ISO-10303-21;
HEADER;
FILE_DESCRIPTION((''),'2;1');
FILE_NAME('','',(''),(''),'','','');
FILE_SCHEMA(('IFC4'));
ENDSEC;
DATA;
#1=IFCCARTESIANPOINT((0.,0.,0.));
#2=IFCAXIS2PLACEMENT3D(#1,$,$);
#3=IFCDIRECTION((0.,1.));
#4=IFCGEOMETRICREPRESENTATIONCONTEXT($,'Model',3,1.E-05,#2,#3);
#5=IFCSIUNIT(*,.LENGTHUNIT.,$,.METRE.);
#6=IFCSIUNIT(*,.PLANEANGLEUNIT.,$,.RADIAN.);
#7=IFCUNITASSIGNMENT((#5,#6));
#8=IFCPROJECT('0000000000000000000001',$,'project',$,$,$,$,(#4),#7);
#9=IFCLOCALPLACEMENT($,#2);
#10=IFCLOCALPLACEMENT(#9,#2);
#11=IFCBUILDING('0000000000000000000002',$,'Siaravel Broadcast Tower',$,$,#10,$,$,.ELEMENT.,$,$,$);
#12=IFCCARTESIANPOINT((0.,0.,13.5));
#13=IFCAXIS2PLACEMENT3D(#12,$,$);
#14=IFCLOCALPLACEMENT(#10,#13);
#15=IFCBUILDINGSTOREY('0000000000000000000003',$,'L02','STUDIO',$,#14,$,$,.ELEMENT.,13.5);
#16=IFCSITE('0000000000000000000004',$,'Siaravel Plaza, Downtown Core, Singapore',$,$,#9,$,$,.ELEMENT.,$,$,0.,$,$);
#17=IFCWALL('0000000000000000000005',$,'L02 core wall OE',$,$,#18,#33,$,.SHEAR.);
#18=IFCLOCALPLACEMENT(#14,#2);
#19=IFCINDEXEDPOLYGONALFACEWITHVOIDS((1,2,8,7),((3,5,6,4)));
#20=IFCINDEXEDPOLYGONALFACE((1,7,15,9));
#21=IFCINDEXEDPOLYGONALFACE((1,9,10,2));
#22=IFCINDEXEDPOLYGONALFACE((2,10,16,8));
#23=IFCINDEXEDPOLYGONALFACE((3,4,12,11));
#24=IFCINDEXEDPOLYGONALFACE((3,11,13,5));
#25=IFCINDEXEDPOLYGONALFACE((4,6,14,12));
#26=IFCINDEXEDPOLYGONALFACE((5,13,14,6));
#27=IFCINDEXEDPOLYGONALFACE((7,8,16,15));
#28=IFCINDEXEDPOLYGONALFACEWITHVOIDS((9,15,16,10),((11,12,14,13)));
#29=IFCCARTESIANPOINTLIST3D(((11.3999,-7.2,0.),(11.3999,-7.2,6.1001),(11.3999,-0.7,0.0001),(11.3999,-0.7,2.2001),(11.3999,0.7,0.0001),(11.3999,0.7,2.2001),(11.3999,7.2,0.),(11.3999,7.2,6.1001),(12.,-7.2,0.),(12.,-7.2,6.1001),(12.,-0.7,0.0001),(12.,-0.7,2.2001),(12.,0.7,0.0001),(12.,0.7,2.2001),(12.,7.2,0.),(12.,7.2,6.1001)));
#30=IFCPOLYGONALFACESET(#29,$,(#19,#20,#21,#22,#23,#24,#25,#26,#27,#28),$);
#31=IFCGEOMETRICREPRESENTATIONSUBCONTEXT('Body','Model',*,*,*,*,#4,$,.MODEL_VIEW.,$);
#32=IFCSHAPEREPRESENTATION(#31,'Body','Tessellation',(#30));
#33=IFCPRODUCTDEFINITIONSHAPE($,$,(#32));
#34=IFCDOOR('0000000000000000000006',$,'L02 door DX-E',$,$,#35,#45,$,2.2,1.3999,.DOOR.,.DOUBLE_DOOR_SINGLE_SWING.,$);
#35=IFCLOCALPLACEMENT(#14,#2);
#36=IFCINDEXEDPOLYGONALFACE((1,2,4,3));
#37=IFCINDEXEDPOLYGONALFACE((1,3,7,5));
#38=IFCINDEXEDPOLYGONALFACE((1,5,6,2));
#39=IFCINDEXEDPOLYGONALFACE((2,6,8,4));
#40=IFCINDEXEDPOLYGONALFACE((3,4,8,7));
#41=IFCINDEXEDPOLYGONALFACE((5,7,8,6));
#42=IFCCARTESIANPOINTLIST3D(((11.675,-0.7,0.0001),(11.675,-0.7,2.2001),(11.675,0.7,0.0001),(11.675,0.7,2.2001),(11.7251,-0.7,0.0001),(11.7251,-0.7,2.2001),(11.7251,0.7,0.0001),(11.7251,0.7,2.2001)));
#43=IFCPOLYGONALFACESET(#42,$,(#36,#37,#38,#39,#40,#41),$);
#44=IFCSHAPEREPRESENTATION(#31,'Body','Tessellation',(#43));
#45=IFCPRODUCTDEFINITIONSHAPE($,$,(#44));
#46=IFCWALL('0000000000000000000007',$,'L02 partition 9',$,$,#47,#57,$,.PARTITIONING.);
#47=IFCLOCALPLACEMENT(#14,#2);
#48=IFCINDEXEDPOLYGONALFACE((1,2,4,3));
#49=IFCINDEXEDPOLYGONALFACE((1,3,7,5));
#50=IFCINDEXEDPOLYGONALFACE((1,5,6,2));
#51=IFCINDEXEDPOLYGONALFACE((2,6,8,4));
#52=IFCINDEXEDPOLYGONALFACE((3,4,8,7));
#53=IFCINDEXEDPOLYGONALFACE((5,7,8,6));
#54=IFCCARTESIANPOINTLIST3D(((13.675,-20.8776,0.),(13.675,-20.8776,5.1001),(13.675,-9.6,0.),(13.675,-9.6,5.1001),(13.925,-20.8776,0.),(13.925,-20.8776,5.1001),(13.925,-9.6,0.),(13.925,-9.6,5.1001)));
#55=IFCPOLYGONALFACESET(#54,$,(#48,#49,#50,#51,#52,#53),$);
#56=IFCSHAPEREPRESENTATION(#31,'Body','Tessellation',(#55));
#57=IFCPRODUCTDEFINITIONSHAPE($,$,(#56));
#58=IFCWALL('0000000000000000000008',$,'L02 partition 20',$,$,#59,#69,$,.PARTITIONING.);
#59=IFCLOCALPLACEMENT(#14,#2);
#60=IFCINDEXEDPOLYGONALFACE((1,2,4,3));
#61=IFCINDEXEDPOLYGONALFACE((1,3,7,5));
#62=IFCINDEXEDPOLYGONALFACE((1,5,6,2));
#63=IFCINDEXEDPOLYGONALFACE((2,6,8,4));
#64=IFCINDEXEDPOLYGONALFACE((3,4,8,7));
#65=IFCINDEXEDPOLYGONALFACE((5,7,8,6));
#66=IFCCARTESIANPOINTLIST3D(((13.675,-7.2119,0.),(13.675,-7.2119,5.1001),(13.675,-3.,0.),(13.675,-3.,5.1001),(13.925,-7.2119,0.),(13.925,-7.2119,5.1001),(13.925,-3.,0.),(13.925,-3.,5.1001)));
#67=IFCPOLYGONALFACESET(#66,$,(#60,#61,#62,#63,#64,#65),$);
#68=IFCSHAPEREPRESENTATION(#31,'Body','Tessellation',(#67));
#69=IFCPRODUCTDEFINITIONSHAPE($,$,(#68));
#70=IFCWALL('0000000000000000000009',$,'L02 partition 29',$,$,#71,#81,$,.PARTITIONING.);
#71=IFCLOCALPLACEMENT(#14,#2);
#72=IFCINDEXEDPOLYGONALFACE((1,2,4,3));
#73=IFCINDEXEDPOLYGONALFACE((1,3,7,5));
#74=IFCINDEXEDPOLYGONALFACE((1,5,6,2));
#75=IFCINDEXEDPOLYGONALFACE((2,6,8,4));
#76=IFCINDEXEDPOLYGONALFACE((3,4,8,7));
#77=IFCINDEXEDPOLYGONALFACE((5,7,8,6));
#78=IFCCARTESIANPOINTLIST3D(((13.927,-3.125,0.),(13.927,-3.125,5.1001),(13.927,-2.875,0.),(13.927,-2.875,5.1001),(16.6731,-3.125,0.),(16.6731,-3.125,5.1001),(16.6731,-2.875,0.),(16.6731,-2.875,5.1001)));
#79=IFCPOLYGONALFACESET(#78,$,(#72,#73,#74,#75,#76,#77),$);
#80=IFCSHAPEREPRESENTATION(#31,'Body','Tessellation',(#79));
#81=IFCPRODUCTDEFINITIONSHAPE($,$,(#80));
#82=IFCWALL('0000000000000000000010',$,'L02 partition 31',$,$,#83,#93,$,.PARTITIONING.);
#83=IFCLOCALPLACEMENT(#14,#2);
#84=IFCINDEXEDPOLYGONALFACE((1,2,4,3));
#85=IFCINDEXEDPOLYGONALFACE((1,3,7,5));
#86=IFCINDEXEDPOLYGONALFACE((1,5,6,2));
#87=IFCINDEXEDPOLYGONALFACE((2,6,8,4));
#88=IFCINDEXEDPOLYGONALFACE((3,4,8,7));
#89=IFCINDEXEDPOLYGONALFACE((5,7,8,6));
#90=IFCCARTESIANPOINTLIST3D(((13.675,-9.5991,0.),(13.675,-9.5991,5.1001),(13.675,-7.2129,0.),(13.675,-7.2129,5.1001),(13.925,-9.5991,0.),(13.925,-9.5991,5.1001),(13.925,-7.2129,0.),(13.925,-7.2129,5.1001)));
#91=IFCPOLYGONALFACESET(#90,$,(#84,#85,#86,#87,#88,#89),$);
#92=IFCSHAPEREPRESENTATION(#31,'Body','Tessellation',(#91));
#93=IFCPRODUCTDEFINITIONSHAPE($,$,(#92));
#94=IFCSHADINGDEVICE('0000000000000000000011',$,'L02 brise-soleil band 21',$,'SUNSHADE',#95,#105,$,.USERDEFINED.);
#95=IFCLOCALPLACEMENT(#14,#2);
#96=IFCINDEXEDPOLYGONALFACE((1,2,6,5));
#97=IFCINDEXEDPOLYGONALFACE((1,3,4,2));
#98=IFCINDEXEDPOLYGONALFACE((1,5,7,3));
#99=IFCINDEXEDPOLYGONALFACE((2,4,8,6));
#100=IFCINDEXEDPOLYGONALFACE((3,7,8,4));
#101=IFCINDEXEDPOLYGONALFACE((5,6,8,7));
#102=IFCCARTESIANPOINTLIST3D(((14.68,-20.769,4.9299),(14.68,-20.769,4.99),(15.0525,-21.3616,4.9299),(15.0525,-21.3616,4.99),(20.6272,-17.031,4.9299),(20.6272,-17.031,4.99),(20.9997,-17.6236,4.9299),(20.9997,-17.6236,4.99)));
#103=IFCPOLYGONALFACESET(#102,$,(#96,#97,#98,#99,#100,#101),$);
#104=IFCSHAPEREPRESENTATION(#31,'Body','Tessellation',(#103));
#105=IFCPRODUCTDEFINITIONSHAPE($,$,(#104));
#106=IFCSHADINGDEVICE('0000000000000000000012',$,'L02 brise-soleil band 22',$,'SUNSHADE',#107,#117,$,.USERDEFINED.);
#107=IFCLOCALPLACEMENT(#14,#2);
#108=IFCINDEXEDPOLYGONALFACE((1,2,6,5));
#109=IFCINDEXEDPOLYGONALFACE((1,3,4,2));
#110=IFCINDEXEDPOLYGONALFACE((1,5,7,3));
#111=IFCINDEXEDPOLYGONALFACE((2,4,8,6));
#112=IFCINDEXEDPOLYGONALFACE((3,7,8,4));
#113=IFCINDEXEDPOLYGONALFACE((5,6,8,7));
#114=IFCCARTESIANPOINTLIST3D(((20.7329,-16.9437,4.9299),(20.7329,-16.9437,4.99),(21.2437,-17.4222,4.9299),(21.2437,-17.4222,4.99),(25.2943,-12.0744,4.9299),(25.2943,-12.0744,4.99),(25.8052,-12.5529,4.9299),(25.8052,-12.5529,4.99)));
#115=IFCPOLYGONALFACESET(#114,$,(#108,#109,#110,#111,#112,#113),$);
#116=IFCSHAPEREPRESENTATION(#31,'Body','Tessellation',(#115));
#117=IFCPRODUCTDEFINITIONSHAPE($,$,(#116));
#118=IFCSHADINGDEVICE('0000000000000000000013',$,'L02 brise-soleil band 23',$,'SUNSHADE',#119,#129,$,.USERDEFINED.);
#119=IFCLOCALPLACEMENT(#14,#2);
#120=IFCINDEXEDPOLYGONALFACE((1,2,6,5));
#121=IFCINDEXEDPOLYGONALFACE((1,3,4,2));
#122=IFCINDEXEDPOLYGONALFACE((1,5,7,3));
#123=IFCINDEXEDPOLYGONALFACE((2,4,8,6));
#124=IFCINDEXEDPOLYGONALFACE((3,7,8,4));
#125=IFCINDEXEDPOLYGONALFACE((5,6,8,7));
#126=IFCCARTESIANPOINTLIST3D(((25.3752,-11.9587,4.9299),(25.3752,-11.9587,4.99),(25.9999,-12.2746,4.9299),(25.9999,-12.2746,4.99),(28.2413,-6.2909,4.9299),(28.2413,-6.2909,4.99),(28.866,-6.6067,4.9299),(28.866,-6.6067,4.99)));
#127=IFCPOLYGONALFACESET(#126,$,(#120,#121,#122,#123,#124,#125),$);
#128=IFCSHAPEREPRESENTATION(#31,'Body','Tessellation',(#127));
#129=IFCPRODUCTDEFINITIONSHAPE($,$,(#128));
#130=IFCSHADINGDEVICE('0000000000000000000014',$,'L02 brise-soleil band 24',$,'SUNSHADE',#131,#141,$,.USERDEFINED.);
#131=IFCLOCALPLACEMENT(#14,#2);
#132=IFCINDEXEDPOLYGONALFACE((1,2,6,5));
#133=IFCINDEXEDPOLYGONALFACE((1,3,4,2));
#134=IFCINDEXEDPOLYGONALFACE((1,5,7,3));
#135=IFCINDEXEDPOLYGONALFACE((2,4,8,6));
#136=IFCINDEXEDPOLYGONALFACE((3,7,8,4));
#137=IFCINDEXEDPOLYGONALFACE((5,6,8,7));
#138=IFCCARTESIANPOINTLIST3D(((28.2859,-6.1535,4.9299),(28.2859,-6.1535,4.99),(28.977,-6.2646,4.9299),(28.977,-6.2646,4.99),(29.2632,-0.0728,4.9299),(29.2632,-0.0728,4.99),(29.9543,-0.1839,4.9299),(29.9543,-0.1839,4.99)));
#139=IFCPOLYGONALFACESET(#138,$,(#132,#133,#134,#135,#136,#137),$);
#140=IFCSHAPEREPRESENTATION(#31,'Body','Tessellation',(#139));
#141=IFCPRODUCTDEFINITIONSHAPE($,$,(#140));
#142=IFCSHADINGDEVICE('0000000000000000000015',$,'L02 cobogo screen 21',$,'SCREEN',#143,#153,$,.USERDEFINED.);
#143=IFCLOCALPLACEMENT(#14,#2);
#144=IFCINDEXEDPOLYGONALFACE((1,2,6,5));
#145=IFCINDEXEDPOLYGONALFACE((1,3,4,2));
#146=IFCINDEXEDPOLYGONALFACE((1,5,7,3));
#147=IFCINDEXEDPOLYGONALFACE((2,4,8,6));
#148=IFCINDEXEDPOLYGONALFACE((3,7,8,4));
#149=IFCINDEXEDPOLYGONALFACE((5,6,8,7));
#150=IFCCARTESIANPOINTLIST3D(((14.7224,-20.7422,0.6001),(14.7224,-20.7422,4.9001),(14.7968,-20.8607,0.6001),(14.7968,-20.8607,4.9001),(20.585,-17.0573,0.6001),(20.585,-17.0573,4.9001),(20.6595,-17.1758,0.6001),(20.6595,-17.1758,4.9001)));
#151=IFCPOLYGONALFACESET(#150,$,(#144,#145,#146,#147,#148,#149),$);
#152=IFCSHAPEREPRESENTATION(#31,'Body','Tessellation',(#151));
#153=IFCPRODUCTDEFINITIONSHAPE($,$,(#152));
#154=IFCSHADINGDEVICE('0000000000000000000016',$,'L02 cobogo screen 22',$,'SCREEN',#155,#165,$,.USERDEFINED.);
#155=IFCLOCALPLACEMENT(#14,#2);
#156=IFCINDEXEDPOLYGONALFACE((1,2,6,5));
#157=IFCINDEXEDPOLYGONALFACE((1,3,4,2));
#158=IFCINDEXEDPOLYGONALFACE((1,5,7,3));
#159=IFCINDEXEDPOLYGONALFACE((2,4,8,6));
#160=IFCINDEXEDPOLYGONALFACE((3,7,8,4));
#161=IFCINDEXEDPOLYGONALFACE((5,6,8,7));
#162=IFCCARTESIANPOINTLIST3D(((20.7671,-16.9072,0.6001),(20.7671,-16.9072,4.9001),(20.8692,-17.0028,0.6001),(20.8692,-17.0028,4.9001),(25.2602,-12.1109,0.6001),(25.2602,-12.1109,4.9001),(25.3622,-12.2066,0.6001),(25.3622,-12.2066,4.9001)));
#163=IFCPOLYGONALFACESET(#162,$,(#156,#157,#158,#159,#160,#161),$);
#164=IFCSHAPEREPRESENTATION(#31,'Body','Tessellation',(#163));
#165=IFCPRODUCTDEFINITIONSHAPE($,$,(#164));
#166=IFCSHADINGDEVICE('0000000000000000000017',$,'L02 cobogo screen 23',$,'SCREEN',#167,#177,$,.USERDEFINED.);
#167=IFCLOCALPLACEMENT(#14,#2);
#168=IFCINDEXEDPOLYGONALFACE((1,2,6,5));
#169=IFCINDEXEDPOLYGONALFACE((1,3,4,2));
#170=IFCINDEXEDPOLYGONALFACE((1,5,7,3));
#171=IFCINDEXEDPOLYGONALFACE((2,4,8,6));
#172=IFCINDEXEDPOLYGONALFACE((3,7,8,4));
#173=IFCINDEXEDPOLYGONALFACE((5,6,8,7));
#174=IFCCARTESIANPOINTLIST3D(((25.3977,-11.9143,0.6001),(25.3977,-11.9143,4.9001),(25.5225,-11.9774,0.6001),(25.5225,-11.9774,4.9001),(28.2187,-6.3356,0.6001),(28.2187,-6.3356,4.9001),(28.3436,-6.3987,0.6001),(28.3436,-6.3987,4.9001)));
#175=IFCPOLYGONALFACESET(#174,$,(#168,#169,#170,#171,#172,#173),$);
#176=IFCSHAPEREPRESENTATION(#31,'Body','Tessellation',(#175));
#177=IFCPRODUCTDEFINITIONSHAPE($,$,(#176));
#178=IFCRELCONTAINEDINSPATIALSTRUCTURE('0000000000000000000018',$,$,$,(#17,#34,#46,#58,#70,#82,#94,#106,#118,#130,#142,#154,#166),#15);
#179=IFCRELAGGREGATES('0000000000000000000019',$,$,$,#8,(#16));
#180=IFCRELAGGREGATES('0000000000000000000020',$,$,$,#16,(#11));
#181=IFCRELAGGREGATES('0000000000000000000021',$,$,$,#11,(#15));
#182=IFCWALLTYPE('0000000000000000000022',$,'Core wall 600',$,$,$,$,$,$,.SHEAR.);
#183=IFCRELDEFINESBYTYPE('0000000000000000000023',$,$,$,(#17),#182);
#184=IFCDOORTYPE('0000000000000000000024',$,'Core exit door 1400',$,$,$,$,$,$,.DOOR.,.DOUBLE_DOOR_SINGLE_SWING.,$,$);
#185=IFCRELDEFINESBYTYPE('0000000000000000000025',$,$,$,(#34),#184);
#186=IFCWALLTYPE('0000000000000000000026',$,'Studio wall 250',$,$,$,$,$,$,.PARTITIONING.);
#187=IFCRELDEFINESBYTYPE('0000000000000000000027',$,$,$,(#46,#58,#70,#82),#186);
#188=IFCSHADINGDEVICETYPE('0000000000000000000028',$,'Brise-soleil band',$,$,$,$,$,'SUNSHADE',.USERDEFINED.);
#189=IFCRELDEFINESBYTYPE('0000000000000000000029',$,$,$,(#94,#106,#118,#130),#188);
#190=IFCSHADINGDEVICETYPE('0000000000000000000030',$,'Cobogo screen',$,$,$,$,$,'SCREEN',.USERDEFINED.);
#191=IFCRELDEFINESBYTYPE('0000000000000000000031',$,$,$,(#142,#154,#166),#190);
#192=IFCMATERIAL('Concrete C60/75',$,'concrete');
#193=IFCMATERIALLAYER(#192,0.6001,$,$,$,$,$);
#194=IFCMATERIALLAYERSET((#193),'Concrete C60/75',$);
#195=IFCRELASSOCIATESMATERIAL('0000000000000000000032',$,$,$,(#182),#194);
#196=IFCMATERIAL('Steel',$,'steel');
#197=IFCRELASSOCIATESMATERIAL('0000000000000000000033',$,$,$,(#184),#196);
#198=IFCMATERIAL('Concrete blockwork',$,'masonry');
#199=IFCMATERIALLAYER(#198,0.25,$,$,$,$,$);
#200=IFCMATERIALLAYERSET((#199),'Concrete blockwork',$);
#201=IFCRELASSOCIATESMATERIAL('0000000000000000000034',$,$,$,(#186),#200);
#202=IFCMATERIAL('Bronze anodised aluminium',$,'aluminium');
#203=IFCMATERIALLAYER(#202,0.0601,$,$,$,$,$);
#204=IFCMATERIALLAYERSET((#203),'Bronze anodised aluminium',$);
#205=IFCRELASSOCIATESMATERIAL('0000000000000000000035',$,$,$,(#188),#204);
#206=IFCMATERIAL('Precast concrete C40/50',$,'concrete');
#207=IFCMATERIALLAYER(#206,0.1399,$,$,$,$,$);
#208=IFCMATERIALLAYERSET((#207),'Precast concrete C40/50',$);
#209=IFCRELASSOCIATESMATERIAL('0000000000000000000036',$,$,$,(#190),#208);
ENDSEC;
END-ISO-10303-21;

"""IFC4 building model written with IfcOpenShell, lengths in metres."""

from ifc_helpers import new_model, si_unit, direction, frame, frame_2d, origin, origin_2d, place, context, subcontext, project, spatial, rectangle, extrude, material, layer, layer_set, type_object, element, fill, save


model = new_model("IFC4")

# Units and contexts
model_context = context("Model", 3, precision=1e-05, world=origin(), true_north=direction((0.0, 1.0)))
body_context = subcontext(model_context, "Body", "Model", "MODEL_VIEW")
ifc_project = project(units=[si_unit("LENGTHUNIT", "METRE"), si_unit("PLANEANGLEUNIT", "RADIAN")], contexts=[model_context])

# Site, building, storey
site_placement = place(None, origin())
site = spatial("IfcSite", under=ifc_project, at=site_placement, Name="Siaravel Plaza, Downtown Core, Singapore", CompositionType="ELEMENT", RefElevation=0.0)
building_placement = place(site_placement, origin())
building = spatial("IfcBuilding", under=site, at=building_placement, Name="Siaravel Broadcast Tower", CompositionType="ELEMENT")
storey_placement = place(building_placement, frame((0.0, 0.0, 13.5)))
storey = spatial("IfcBuildingStorey", under=building, at=storey_placement, Name="L02", Description="STUDIO", CompositionType="ELEMENT", Elevation=13.5)

# Wall, opening, door
ifc_material_1 = material(Name="Concrete C60/75", Category="concrete")
ifc_layer_1 = layer(ifc_material_1, 0.6001)
ifc_layer_set_1 = layer_set([ifc_layer_1], Name="Concrete C60/75")
wall_type_1 = type_object("IfcWallType", Name="Core wall 600", PredefinedType="SHEAR", material=ifc_layer_set_1)
wall_1_placement = place(storey_placement, frame((11.7, -7.2, 0.0), z_axis=(0.0, 0.0, 1.0), x_axis=(0.0, 1.0, 0.0)))
wall_1 = element("IfcWall", 1, at=wall_1_placement, inside=storey, type_object=wall_type_1, Name="L02 core wall OE", PredefinedType="SHEAR", context=body_context, shape_type="SweptSolid", body=[
    extrude(rectangle(XDim=14.3999, YDim=0.6001, at=frame_2d((7.2, 0.0))), origin(), (0.0, 0.0, 1.0), 6.1001),
])
opening_1_placement = place(wall_1_placement, frame((6.5, 0.0, 0.0)))
opening_1 = element("IfcOpeningElement", 2, at=opening_1_placement, cuts=wall_1, PredefinedType="OPENING", context=body_context, shape_type="SweptSolid", body=[
    extrude(rectangle(XDim=1.3999, YDim=2.2, at=frame_2d((0.7, 1.1001))), frame((0.0, 0.3101, 0.0), z_axis=(0.0, -1.0, 0.0), x_axis=(1.0, 0.0, 0.0)), (0.0, 0.0, 1.0), 0.6201),
])
ifc_material_2 = material(Name="Steel", Category="steel")
door_type_1 = type_object("IfcDoorType", Name="Core exit door 1400", OperationType="DOUBLE_DOOR_SINGLE_SWING", PredefinedType="DOOR", material=ifc_material_2)
door_1_placement = place(opening_1_placement, origin())
door_1 = element("IfcDoor", 3, at=door_1_placement, inside=storey, type_object=door_type_1, Name="L02 door DX-E", OperationType="DOUBLE_DOOR_SINGLE_SWING", OverallHeight=2.2, OverallWidth=1.3999, PredefinedType="DOOR", context=body_context, shape_type="SweptSolid", body=[
    extrude(rectangle(XDim=1.3999, YDim=2.2, at=frame_2d((0.7, 1.1001))), frame((0.0, 0.0249, 0.0), z_axis=(0.0, -1.0, 0.0), x_axis=(1.0, 0.0, 0.0)), (0.0, 0.0, 1.0), 0.05),
])
fill(opening_1, door_1)

# Wall
ifc_material_3 = material(Name="Concrete blockwork", Category="masonry")
ifc_layer_2 = layer(ifc_material_3, 0.25)
ifc_layer_set_2 = layer_set([ifc_layer_2], Name="Concrete blockwork")
wall_type_2 = type_object("IfcWallType", Name="Studio wall 250", PredefinedType="PARTITIONING", material=ifc_layer_set_2)
wall_2_placement = place(storey_placement, frame((13.8, -9.6001, 0.0), z_axis=(0.0, 0.0, 1.0), x_axis=(0.0, -1.0, 0.0)))
element("IfcWall", 4, at=wall_2_placement, inside=storey, type_object=wall_type_2, Name="L02 partition 9", PredefinedType="PARTITIONING", context=body_context, shape_type="SweptSolid", body=[
    extrude(rectangle(XDim=11.2776, YDim=0.25, at=frame_2d((5.6387, 0.0))), origin(), (0.0, 0.0, 1.0), 5.1001),
])

# Walls
wall_3_placement = place(storey_placement, frame((13.8, -7.2119, 0.0), z_axis=(0.0, 0.0, 1.0), x_axis=(0.0, 1.0, 0.0)))
element("IfcWall", 5, at=wall_3_placement, inside=storey, type_object=wall_type_2, Name="L02 partition 20", PredefinedType="PARTITIONING", context=body_context, shape_type="SweptSolid", body=[
    extrude(rectangle(XDim=4.2119, YDim=0.25, at=frame_2d((2.106, 0.0))), origin(), (0.0, 0.0, 1.0), 5.1001),
])
wall_4_placement = place(storey_placement, frame((13.927, -3.0, 0.0), z_axis=(0.0, 0.0, 1.0), x_axis=(1.0, 0.0, 0.0)))
element("IfcWall", 6, at=wall_4_placement, inside=storey, type_object=wall_type_2, Name="L02 partition 29", PredefinedType="PARTITIONING", context=body_context, shape_type="SweptSolid", body=[
    extrude(rectangle(XDim=2.7461, YDim=0.25, at=frame_2d((1.373, 0.0))), origin(), (0.0, 0.0, 1.0), 5.1001),
])
wall_5_placement = place(storey_placement, frame((13.8, -9.5991, 0.0), z_axis=(0.0, 0.0, 1.0), x_axis=(0.0, 1.0, 0.0)))
element("IfcWall", 7, at=wall_5_placement, inside=storey, type_object=wall_type_2, Name="L02 partition 31", PredefinedType="PARTITIONING", context=body_context, shape_type="SweptSolid", body=[
    extrude(rectangle(XDim=2.3862, YDim=0.25, at=frame_2d((1.1931, 0.0))), origin(), (0.0, 0.0, 1.0), 5.1001),
])

# Shading devices
ifc_material_4 = material(Name="Bronze anodised aluminium", Category="aluminium")
ifc_layer_3 = layer(ifc_material_4, 0.0601)
ifc_layer_set_3 = layer_set([ifc_layer_3], Name="Bronze anodised aluminium")
shading_device_type_1 = type_object("IfcShadingDeviceType", Name="Brise-soleil band", ElementType="SUNSHADE", PredefinedType="USERDEFINED", material=ifc_layer_set_3)
shading_device_1_placement = place(storey_placement, frame((17.8398, -19.1963, 4.9299), z_axis=(0.0, 0.0, 1.0), x_axis=(0.84665, 0.532149, 0.0)))
element("IfcShadingDevice", 8, at=shading_device_1_placement, inside=storey, type_object=shading_device_type_1, Name="L02 brise-soleil band 21", ObjectType="SUNSHADE", PredefinedType="USERDEFINED", context=body_context, shape_type="SweptSolid", body=[
    extrude(rectangle(XDim=7.0244, YDim=0.7, at=origin_2d()), origin(), (0.0, 0.0, 1.0), 0.0601),
])
shading_device_2_placement = place(storey_placement, frame((23.269, -14.7483, 4.9299), z_axis=(0.0, 0.0, 1.0), x_axis=(0.683656, 0.729804, 0.0)))
element("IfcShadingDevice", 9, at=shading_device_2_placement, inside=storey, type_object=shading_device_type_1, Name="L02 brise-soleil band 22", ObjectType="SUNSHADE", PredefinedType="USERDEFINED", context=body_context, shape_type="SweptSolid", body=[
    extrude(rectangle(XDim=6.6721, YDim=0.7, at=origin_2d()), origin(), (0.0, 0.0, 1.0), 0.0601),
])
shading_device_3_placement = place(storey_placement, frame((27.1206, -9.2827, 4.9299), z_axis=(0.0, 0.0, 1.0), x_axis=(0.451262, 0.892391, 0.0)))
element("IfcShadingDevice", 10, at=shading_device_3_placement, inside=storey, type_object=shading_device_type_1, Name="L02 brise-soleil band 23", ObjectType="SUNSHADE", PredefinedType="USERDEFINED", context=body_context, shape_type="SweptSolid", body=[
    extrude(rectangle(XDim=6.3513, YDim=0.7, at=origin_2d()), origin(), (0.0, 0.0, 1.0), 0.0601),
])
shading_device_4_placement = place(storey_placement, frame((29.1201, -3.1687, 4.9299), z_axis=(0.0, 0.0, 1.0), x_axis=(0.158685, 0.987329, 0.0)))
element("IfcShadingDevice", 11, at=shading_device_4_placement, inside=storey, type_object=shading_device_type_1, Name="L02 brise-soleil band 24", ObjectType="SUNSHADE", PredefinedType="USERDEFINED", context=body_context, shape_type="SweptSolid", body=[
    extrude(rectangle(XDim=6.1587, YDim=0.7, at=origin_2d()), origin(), (0.0, 0.0, 1.0), 0.0601),
])
ifc_material_5 = material(Name="Precast concrete C40/50", Category="concrete")
ifc_layer_4 = layer(ifc_material_5, 0.1399)
ifc_layer_set_4 = layer_set([ifc_layer_4], Name="Precast concrete C40/50")
shading_device_type_2 = type_object("IfcShadingDeviceType", Name="Cobogo screen", ElementType="SCREEN", PredefinedType="USERDEFINED", material=ifc_layer_set_4)
shading_device_5_placement = place(storey_placement, frame((17.6909, -18.959, 0.6001), z_axis=(0.0, 0.0, 1.0), x_axis=(0.84665, 0.532149, 0.0)))
element("IfcShadingDevice", 12, at=shading_device_5_placement, inside=storey, type_object=shading_device_type_2, Name="L02 cobogo screen 21", ObjectType="SCREEN", PredefinedType="USERDEFINED", context=body_context, shape_type="SweptSolid", body=[
    extrude(rectangle(XDim=6.9246, YDim=0.1399, at=origin_2d()), origin(), (0.0, 0.0, 1.0), 4.3),
])
shading_device_6_placement = place(storey_placement, frame((23.0647, -14.5569, 0.6001), z_axis=(0.0, 0.0, 1.0), x_axis=(0.683656, 0.729804, 0.0)))
element("IfcShadingDevice", 13, at=shading_device_6_placement, inside=storey, type_object=shading_device_type_2, Name="L02 cobogo screen 22", ObjectType="SCREEN", PredefinedType="USERDEFINED", context=body_context, shape_type="SweptSolid", body=[
    extrude(rectangle(XDim=6.572, YDim=0.1399, at=origin_2d()), origin(), (0.0, 0.0, 1.0), 4.3),
])
shading_device_7_placement = place(storey_placement, frame((26.8706, -9.1565, 0.6001), z_axis=(0.0, 0.0, 1.0), x_axis=(0.451262, 0.892391, 0.0)))
element("IfcShadingDevice", 14, at=shading_device_7_placement, inside=storey, type_object=shading_device_type_2, Name="L02 cobogo screen 23", ObjectType="SCREEN", PredefinedType="USERDEFINED", context=body_context, shape_type="SweptSolid", body=[
    extrude(rectangle(XDim=6.2515, YDim=0.1399, at=origin_2d()), origin(), (0.0, 0.0, 1.0), 4.3),
])

save(model, "model.ifc")
